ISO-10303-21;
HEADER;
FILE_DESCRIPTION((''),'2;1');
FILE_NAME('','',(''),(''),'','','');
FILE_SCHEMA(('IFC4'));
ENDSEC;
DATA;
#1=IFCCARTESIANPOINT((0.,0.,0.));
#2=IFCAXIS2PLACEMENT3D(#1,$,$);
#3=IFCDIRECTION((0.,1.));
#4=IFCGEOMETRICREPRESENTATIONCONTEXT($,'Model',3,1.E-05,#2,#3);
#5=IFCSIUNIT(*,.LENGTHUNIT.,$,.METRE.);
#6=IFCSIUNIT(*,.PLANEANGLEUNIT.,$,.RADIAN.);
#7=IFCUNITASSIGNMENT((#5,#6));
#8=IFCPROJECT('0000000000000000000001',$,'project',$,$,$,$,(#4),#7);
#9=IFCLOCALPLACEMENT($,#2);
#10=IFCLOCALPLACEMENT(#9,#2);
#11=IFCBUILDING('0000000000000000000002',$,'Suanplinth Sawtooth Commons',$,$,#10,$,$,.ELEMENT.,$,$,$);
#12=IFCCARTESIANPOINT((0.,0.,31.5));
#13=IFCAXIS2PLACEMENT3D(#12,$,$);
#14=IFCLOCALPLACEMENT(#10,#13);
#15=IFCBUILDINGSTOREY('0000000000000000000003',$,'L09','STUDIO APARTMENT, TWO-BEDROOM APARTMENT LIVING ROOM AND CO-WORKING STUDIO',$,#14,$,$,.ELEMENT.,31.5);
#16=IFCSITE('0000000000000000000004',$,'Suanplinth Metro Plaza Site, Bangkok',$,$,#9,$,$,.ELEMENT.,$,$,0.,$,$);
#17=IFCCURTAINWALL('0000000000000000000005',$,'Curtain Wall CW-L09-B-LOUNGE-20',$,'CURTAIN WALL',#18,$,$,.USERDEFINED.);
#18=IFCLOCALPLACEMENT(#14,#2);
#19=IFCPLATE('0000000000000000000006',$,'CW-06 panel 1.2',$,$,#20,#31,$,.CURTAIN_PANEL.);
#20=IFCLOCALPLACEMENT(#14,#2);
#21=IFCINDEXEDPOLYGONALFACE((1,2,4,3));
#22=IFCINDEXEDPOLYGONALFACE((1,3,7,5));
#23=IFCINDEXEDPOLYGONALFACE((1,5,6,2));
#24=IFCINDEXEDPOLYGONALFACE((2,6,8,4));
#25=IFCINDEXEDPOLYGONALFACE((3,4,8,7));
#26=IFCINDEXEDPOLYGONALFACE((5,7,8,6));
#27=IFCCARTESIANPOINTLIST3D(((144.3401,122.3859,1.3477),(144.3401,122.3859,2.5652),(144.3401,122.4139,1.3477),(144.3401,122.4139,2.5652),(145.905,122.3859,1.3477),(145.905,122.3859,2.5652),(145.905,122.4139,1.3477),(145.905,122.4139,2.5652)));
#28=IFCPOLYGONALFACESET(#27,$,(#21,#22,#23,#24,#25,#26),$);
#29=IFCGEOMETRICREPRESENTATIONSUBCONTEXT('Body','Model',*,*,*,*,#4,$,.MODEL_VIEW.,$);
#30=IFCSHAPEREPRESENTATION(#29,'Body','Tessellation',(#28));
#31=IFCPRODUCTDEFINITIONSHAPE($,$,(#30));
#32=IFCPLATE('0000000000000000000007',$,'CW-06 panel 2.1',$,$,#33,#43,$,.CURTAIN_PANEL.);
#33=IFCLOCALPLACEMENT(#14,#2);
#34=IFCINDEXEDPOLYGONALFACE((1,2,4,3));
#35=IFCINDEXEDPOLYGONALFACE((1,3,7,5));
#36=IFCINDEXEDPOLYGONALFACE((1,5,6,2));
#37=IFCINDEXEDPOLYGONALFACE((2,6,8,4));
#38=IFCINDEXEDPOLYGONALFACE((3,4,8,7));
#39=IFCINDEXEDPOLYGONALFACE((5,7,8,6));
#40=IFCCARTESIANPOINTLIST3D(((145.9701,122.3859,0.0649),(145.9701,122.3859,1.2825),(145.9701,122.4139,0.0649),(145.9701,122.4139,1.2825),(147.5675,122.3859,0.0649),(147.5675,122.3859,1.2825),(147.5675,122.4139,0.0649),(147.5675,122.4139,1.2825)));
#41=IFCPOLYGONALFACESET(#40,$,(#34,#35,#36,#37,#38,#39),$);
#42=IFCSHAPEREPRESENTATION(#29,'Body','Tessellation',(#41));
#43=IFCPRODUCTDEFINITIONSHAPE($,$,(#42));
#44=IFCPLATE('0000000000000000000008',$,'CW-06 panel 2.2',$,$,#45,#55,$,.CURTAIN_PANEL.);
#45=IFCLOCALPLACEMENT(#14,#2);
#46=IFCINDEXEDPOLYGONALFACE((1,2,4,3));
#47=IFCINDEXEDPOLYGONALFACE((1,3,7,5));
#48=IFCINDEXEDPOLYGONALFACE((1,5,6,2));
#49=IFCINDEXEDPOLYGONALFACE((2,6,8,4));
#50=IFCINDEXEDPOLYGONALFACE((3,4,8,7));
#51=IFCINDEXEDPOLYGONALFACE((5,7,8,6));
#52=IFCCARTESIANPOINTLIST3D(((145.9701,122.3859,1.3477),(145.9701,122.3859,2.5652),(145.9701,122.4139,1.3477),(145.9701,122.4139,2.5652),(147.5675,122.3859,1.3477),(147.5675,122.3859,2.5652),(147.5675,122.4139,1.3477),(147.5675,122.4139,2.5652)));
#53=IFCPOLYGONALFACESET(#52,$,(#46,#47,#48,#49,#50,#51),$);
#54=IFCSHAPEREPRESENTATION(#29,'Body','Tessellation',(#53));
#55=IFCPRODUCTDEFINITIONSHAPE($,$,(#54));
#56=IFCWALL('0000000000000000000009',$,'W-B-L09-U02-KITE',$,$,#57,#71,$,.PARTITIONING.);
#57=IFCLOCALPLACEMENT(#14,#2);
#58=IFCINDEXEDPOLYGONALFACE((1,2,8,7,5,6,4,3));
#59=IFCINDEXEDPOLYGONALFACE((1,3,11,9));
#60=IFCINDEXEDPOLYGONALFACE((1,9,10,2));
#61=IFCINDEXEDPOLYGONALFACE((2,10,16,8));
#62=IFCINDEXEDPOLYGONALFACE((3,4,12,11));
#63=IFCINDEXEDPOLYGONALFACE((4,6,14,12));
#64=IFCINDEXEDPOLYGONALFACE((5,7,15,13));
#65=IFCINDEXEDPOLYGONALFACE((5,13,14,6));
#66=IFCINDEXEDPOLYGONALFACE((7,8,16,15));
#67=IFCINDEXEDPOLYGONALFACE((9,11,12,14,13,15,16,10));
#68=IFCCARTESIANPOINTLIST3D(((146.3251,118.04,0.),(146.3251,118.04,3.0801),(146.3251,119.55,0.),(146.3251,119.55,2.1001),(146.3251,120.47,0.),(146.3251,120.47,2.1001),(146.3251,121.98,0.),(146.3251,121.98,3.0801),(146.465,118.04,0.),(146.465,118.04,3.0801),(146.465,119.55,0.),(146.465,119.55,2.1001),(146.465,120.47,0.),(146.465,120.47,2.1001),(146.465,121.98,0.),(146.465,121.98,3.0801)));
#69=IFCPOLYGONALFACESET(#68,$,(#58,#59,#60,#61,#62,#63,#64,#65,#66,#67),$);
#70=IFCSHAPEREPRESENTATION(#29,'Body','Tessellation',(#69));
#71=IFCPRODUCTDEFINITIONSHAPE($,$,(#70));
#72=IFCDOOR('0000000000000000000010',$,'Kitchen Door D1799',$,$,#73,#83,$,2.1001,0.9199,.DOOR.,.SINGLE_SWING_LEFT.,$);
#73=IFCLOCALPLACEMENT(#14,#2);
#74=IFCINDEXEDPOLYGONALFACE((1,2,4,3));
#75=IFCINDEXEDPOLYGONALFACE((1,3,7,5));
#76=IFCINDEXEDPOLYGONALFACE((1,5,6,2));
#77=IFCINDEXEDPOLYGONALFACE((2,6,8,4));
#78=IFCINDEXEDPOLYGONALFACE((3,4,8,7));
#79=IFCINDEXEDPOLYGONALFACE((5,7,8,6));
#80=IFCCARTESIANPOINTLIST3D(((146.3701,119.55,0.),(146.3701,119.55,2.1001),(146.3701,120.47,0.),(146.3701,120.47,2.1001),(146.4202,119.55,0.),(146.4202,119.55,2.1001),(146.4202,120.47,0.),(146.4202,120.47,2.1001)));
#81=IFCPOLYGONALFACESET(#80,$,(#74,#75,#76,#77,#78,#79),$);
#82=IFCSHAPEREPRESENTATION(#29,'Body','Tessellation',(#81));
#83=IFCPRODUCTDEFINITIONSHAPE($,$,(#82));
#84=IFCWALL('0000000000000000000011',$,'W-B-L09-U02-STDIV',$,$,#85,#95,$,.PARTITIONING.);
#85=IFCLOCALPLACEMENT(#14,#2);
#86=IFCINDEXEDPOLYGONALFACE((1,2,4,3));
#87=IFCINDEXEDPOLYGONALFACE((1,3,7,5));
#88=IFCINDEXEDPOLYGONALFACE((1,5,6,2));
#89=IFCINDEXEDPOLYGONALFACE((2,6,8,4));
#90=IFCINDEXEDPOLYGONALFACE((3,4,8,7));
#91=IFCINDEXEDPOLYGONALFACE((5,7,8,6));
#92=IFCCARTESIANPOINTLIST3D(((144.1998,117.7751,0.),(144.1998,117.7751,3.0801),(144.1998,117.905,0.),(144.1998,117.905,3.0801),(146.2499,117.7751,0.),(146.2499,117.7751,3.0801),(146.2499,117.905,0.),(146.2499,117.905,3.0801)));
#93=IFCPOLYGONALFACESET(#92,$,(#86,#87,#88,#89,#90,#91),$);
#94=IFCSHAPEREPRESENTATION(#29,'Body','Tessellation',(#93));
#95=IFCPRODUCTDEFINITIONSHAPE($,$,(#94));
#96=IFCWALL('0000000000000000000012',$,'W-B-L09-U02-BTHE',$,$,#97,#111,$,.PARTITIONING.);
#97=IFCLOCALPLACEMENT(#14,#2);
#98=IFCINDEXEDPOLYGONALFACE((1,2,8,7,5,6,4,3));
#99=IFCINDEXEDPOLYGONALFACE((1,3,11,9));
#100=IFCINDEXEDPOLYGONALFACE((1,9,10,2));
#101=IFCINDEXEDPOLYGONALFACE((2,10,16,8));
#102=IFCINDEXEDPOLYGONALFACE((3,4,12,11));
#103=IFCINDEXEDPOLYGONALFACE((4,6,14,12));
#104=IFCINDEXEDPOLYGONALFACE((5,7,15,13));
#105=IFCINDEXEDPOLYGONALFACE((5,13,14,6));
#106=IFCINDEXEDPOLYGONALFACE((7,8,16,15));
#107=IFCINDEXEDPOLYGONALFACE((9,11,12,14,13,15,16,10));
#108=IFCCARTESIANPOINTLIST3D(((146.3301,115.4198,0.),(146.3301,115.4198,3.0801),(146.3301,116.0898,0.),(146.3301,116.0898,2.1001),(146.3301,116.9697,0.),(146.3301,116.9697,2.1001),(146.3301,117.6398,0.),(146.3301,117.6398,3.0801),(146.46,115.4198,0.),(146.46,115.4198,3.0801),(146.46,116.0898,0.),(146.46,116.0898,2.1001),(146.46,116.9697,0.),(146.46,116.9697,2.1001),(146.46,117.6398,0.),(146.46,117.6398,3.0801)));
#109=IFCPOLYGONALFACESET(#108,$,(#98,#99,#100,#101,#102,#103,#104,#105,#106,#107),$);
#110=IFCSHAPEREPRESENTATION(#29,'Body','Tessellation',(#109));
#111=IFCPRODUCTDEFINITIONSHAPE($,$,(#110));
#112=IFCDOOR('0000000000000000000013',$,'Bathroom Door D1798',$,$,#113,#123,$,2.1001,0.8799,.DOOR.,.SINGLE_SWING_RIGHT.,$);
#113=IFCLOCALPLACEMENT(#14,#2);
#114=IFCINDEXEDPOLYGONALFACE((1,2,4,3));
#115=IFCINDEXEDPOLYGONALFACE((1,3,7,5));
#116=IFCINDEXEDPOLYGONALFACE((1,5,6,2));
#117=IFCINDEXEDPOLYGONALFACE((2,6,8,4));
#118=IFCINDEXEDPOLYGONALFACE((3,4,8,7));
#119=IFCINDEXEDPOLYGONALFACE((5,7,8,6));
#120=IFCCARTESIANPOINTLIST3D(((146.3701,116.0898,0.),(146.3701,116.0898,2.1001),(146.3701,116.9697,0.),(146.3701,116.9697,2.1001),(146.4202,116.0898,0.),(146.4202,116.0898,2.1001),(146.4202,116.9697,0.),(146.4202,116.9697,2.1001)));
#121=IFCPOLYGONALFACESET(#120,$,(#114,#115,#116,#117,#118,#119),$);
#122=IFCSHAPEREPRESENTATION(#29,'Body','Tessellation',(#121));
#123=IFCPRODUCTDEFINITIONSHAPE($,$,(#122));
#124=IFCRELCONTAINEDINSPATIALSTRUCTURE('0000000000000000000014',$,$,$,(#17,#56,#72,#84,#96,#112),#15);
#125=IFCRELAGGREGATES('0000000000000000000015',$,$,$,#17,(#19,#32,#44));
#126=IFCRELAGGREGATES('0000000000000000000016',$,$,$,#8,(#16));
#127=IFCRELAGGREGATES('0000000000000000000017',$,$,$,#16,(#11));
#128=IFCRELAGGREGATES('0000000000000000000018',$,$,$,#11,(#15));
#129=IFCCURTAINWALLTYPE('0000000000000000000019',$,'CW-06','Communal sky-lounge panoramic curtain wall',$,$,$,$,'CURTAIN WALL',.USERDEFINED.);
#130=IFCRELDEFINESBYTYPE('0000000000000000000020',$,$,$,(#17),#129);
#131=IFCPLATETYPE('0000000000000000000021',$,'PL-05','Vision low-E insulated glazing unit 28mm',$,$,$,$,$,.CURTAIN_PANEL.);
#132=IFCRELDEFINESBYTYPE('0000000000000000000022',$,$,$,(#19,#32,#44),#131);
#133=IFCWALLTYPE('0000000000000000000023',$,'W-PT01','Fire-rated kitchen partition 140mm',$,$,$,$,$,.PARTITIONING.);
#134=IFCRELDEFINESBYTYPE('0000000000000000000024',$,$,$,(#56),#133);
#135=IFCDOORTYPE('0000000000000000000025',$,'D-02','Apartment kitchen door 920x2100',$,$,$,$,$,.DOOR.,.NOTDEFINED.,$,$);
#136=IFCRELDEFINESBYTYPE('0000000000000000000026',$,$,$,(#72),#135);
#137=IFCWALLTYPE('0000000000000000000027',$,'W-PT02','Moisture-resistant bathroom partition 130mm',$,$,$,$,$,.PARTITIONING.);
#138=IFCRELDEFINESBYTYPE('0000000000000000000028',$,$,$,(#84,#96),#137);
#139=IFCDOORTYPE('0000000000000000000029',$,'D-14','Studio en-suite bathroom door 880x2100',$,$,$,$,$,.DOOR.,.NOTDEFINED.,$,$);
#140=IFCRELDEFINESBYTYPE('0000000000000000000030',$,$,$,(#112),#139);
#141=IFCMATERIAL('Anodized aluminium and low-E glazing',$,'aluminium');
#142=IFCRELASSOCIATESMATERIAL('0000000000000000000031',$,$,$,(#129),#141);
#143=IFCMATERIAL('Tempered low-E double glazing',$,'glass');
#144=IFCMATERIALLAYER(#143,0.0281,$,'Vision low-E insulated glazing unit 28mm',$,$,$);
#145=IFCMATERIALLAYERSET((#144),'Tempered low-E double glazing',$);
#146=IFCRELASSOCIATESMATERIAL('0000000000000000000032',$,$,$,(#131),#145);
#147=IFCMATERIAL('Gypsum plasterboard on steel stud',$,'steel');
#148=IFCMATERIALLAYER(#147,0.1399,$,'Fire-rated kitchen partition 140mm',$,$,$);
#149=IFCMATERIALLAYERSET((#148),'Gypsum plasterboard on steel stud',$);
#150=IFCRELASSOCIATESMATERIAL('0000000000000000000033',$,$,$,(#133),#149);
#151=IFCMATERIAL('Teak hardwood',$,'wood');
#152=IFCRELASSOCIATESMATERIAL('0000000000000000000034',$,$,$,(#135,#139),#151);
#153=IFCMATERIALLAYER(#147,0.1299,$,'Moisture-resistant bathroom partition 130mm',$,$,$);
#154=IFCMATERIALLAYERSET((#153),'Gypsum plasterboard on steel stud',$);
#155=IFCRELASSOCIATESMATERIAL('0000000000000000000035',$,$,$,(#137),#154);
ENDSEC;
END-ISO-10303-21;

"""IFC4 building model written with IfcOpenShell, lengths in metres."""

from ifc_helpers import new_model, si_unit, direction, frame, frame_2d, origin, origin_2d, place, context, subcontext, project, spatial, rectangle, extrude, material, layer, layer_set, type_object, element, fill, aggregate, save


model = new_model("IFC4")

# Units and contexts
model_context = context("Model", 3, precision=1e-05, world=origin(), true_north=direction((0.0, 1.0)))
body_context = subcontext(model_context, "Body", "Model", "MODEL_VIEW")
ifc_project = project(units=[si_unit("LENGTHUNIT", "METRE"), si_unit("PLANEANGLEUNIT", "RADIAN")], contexts=[model_context])

# Site, building, storey
site_placement = place(None, origin())
site = spatial("IfcSite", under=ifc_project, at=site_placement, Name="Suanplinth Metro Plaza Site, Bangkok", CompositionType="ELEMENT", RefElevation=0.0)
building_placement = place(site_placement, origin())
building = spatial("IfcBuilding", under=site, at=building_placement, Name="Suanplinth Sawtooth Commons", CompositionType="ELEMENT")
storey_placement = place(building_placement, frame((0.0, 0.0, 31.5)))
storey = spatial("IfcBuildingStorey", under=building, at=storey_placement, Name="L09", Description="STUDIO APARTMENT, TWO-BEDROOM APARTMENT LIVING ROOM AND CO-WORKING STUDIO", CompositionType="ELEMENT", Elevation=31.5)

# Curtain wall, plates
ifc_material_1 = material(Name="Anodized aluminium and low-E glazing", Category="aluminium")
curtain_wall_type = type_object("IfcCurtainWallType", Name="CW-06", Description="Communal sky-lounge panoramic curtain wall", ElementType="CURTAIN WALL", PredefinedType="USERDEFINED", material=ifc_material_1)
curtain_wall_placement = place(storey_placement, origin())
curtain_wall = element("IfcCurtainWall", 1, at=curtain_wall_placement, inside=storey, type_object=curtain_wall_type, Name="Curtain Wall CW-L09-B-LOUNGE-20", ObjectType="CURTAIN WALL", PredefinedType="USERDEFINED")
ifc_material_2 = material(Name="Tempered low-E double glazing", Category="glass")
ifc_layer_1 = layer(ifc_material_2, 0.0281, Name="Vision low-E insulated glazing unit 28mm")
ifc_layer_set_1 = layer_set([ifc_layer_1], Name="Tempered low-E double glazing")
plate_type = type_object("IfcPlateType", Name="PL-05", Description="Vision low-E insulated glazing unit 28mm", PredefinedType="CURTAIN_PANEL", material=ifc_layer_set_1)
plate_1_placement = place(storey_placement, frame((145.1226, 122.3999, 1.3477), z_axis=(0.0, 0.0, 1.0), x_axis=(1.0, 0.0, 0.0)))
plate_1 = element("IfcPlate", 2, at=plate_1_placement, type_object=plate_type, Name="CW-06 panel 1.2", PredefinedType="CURTAIN_PANEL", context=body_context, shape_type="SweptSolid", body=[
    extrude(rectangle(XDim=1.5649, YDim=0.0281, at=origin_2d()), origin(), (0.0, 0.0, 1.0), 1.2175),
])
plate_2_placement = place(storey_placement, frame((146.7688, 122.3999, 0.0649), z_axis=(0.0, 0.0, 1.0), x_axis=(1.0, 0.0, 0.0)))
plate_2 = element("IfcPlate", 3, at=plate_2_placement, type_object=plate_type, Name="CW-06 panel 2.1", PredefinedType="CURTAIN_PANEL", context=body_context, shape_type="SweptSolid", body=[
    extrude(rectangle(XDim=1.5974, YDim=0.0281, at=origin_2d()), origin(), (0.0, 0.0, 1.0), 1.2175),
])
plate_3_placement = place(storey_placement, frame((146.7688, 122.3999, 1.3477), z_axis=(0.0, 0.0, 1.0), x_axis=(1.0, 0.0, 0.0)))
plate_3 = element("IfcPlate", 4, at=plate_3_placement, type_object=plate_type, Name="CW-06 panel 2.2", PredefinedType="CURTAIN_PANEL", context=body_context, shape_type="SweptSolid", body=[
    extrude(rectangle(XDim=1.5974, YDim=0.0281, at=origin_2d()), origin(), (0.0, 0.0, 1.0), 1.2175),
])
aggregate(curtain_wall, [plate_1, plate_2, plate_3])

# Wall, opening, door
ifc_material_3 = material(Name="Gypsum plasterboard on steel stud", Category="steel")
ifc_layer_2 = layer(ifc_material_3, 0.1399, Name="Fire-rated kitchen partition 140mm")
ifc_layer_set_2 = layer_set([ifc_layer_2], Name="Gypsum plasterboard on steel stud")
wall_type_1 = type_object("IfcWallType", Name="W-PT01", Description="Fire-rated kitchen partition 140mm", PredefinedType="PARTITIONING", material=ifc_layer_set_2)
wall_1_placement = place(storey_placement, frame((146.395, 118.04, 0.0), z_axis=(0.0, 0.0, 1.0), x_axis=(0.0, 1.0, 0.0)))
wall_1 = element("IfcWall", 5, at=wall_1_placement, inside=storey, type_object=wall_type_1, Name="W-B-L09-U02-KITE", PredefinedType="PARTITIONING", context=body_context, shape_type="SweptSolid", body=[
    extrude(rectangle(XDim=3.9399, YDim=0.1399, at=frame_2d((1.97, 0.0))), origin(), (0.0, 0.0, 1.0), 3.0801),
])
opening_1_placement = place(wall_1_placement, frame((1.51, 0.0, 0.0)))
opening_1 = element("IfcOpeningElement", 6, at=opening_1_placement, cuts=wall_1, PredefinedType="OPENING", context=body_context, shape_type="SweptSolid", body=[
    extrude(rectangle(XDim=0.9199, YDim=2.1001, at=frame_2d((0.46, 1.05))), frame((0.0, 0.085, 0.0), z_axis=(0.0, -1.0, 0.0), x_axis=(1.0, 0.0, 0.0)), (0.0, 0.0, 1.0), 0.1697),
])
ifc_material_4 = material(Name="Teak hardwood", Category="wood")
door_type_1 = type_object("IfcDoorType", Name="D-02", Description="Apartment kitchen door 920x2100", OperationType="NOTDEFINED", PredefinedType="DOOR", material=ifc_material_4)
door_1_placement = place(opening_1_placement, origin())
door_1 = element("IfcDoor", 7, at=door_1_placement, inside=storey, type_object=door_type_1, Name="Kitchen Door D1799", OperationType="SINGLE_SWING_LEFT", OverallHeight=2.1001, OverallWidth=0.9199, PredefinedType="DOOR", context=body_context, shape_type="SweptSolid", body=[
    extrude(rectangle(XDim=0.9199, YDim=2.1001, at=frame_2d((0.46, 1.05))), frame((0.0, 0.0249, 0.0), z_axis=(0.0, -1.0, 0.0), x_axis=(1.0, 0.0, 0.0)), (0.0, 0.0, 1.0), 0.05),
])
fill(opening_1, door_1)

# Wall
ifc_layer_3 = layer(ifc_material_3, 0.1299, Name="Moisture-resistant bathroom partition 130mm")
ifc_layer_set_3 = layer_set([ifc_layer_3], Name="Gypsum plasterboard on steel stud")
wall_type_2 = type_object("IfcWallType", Name="W-PT02", Description="Moisture-resistant bathroom partition 130mm", PredefinedType="PARTITIONING", material=ifc_layer_set_3)
wall_2_placement = place(storey_placement, frame((144.2, 117.8401, 0.0), z_axis=(0.0, 0.0, 1.0), x_axis=(1.0, 0.0, 0.0)))
element("IfcWall", 8, at=wall_2_placement, inside=storey, type_object=wall_type_2, Name="W-B-L09-U02-STDIV", PredefinedType="PARTITIONING", context=body_context, shape_type="SweptSolid", body=[
    extrude(rectangle(XDim=2.05, YDim=0.1299, at=frame_2d((1.0249, 0.0))), origin(), (0.0, 0.0, 1.0), 3.0801),
])

# Wall, opening, door
wall_3_placement = place(storey_placement, frame((146.395, 115.4199, 0.0), z_axis=(0.0, 0.0, 1.0), x_axis=(0.0, 1.0, 0.0)))
wall_3 = element("IfcWall", 9, at=wall_3_placement, inside=storey, type_object=wall_type_2, Name="W-B-L09-U02-BTHE", PredefinedType="PARTITIONING", context=body_context, shape_type="SweptSolid", body=[
    extrude(rectangle(XDim=2.22, YDim=0.1299, at=frame_2d((1.1099, 0.0))), origin(), (0.0, 0.0, 1.0), 3.0801),
])
opening_2_placement = place(wall_3_placement, frame((0.6699, 0.0, 0.0)))
opening_2 = element("IfcOpeningElement", 10, at=opening_2_placement, cuts=wall_3, PredefinedType="OPENING", context=body_context, shape_type="SweptSolid", body=[
    extrude(rectangle(XDim=0.8799, YDim=2.1001, at=frame_2d((0.4399, 1.05))), frame((0.0, 0.0798, 0.0), z_axis=(0.0, -1.0, 0.0), x_axis=(1.0, 0.0, 0.0)), (0.0, 0.0, 1.0), 0.1597),
])
door_type_2 = type_object("IfcDoorType", Name="D-14", Description="Studio en-suite bathroom door 880x2100", OperationType="NOTDEFINED", PredefinedType="DOOR", material=ifc_material_4)
door_2_placement = place(opening_2_placement, origin())
door_2 = element("IfcDoor", 11, at=door_2_placement, inside=storey, type_object=door_type_2, Name="Bathroom Door D1798", OperationType="SINGLE_SWING_RIGHT", OverallHeight=2.1001, OverallWidth=0.8799, PredefinedType="DOOR", context=body_context, shape_type="SweptSolid", body=[
    extrude(rectangle(XDim=0.8799, YDim=2.1001, at=frame_2d((0.4399, 1.05))), frame((0.0, 0.0249, 0.0), z_axis=(0.0, -1.0, 0.0), x_axis=(1.0, 0.0, 0.0)), (0.0, 0.0, 1.0), 0.05),
])
fill(opening_2, door_2)

save(model, "model.ifc")
